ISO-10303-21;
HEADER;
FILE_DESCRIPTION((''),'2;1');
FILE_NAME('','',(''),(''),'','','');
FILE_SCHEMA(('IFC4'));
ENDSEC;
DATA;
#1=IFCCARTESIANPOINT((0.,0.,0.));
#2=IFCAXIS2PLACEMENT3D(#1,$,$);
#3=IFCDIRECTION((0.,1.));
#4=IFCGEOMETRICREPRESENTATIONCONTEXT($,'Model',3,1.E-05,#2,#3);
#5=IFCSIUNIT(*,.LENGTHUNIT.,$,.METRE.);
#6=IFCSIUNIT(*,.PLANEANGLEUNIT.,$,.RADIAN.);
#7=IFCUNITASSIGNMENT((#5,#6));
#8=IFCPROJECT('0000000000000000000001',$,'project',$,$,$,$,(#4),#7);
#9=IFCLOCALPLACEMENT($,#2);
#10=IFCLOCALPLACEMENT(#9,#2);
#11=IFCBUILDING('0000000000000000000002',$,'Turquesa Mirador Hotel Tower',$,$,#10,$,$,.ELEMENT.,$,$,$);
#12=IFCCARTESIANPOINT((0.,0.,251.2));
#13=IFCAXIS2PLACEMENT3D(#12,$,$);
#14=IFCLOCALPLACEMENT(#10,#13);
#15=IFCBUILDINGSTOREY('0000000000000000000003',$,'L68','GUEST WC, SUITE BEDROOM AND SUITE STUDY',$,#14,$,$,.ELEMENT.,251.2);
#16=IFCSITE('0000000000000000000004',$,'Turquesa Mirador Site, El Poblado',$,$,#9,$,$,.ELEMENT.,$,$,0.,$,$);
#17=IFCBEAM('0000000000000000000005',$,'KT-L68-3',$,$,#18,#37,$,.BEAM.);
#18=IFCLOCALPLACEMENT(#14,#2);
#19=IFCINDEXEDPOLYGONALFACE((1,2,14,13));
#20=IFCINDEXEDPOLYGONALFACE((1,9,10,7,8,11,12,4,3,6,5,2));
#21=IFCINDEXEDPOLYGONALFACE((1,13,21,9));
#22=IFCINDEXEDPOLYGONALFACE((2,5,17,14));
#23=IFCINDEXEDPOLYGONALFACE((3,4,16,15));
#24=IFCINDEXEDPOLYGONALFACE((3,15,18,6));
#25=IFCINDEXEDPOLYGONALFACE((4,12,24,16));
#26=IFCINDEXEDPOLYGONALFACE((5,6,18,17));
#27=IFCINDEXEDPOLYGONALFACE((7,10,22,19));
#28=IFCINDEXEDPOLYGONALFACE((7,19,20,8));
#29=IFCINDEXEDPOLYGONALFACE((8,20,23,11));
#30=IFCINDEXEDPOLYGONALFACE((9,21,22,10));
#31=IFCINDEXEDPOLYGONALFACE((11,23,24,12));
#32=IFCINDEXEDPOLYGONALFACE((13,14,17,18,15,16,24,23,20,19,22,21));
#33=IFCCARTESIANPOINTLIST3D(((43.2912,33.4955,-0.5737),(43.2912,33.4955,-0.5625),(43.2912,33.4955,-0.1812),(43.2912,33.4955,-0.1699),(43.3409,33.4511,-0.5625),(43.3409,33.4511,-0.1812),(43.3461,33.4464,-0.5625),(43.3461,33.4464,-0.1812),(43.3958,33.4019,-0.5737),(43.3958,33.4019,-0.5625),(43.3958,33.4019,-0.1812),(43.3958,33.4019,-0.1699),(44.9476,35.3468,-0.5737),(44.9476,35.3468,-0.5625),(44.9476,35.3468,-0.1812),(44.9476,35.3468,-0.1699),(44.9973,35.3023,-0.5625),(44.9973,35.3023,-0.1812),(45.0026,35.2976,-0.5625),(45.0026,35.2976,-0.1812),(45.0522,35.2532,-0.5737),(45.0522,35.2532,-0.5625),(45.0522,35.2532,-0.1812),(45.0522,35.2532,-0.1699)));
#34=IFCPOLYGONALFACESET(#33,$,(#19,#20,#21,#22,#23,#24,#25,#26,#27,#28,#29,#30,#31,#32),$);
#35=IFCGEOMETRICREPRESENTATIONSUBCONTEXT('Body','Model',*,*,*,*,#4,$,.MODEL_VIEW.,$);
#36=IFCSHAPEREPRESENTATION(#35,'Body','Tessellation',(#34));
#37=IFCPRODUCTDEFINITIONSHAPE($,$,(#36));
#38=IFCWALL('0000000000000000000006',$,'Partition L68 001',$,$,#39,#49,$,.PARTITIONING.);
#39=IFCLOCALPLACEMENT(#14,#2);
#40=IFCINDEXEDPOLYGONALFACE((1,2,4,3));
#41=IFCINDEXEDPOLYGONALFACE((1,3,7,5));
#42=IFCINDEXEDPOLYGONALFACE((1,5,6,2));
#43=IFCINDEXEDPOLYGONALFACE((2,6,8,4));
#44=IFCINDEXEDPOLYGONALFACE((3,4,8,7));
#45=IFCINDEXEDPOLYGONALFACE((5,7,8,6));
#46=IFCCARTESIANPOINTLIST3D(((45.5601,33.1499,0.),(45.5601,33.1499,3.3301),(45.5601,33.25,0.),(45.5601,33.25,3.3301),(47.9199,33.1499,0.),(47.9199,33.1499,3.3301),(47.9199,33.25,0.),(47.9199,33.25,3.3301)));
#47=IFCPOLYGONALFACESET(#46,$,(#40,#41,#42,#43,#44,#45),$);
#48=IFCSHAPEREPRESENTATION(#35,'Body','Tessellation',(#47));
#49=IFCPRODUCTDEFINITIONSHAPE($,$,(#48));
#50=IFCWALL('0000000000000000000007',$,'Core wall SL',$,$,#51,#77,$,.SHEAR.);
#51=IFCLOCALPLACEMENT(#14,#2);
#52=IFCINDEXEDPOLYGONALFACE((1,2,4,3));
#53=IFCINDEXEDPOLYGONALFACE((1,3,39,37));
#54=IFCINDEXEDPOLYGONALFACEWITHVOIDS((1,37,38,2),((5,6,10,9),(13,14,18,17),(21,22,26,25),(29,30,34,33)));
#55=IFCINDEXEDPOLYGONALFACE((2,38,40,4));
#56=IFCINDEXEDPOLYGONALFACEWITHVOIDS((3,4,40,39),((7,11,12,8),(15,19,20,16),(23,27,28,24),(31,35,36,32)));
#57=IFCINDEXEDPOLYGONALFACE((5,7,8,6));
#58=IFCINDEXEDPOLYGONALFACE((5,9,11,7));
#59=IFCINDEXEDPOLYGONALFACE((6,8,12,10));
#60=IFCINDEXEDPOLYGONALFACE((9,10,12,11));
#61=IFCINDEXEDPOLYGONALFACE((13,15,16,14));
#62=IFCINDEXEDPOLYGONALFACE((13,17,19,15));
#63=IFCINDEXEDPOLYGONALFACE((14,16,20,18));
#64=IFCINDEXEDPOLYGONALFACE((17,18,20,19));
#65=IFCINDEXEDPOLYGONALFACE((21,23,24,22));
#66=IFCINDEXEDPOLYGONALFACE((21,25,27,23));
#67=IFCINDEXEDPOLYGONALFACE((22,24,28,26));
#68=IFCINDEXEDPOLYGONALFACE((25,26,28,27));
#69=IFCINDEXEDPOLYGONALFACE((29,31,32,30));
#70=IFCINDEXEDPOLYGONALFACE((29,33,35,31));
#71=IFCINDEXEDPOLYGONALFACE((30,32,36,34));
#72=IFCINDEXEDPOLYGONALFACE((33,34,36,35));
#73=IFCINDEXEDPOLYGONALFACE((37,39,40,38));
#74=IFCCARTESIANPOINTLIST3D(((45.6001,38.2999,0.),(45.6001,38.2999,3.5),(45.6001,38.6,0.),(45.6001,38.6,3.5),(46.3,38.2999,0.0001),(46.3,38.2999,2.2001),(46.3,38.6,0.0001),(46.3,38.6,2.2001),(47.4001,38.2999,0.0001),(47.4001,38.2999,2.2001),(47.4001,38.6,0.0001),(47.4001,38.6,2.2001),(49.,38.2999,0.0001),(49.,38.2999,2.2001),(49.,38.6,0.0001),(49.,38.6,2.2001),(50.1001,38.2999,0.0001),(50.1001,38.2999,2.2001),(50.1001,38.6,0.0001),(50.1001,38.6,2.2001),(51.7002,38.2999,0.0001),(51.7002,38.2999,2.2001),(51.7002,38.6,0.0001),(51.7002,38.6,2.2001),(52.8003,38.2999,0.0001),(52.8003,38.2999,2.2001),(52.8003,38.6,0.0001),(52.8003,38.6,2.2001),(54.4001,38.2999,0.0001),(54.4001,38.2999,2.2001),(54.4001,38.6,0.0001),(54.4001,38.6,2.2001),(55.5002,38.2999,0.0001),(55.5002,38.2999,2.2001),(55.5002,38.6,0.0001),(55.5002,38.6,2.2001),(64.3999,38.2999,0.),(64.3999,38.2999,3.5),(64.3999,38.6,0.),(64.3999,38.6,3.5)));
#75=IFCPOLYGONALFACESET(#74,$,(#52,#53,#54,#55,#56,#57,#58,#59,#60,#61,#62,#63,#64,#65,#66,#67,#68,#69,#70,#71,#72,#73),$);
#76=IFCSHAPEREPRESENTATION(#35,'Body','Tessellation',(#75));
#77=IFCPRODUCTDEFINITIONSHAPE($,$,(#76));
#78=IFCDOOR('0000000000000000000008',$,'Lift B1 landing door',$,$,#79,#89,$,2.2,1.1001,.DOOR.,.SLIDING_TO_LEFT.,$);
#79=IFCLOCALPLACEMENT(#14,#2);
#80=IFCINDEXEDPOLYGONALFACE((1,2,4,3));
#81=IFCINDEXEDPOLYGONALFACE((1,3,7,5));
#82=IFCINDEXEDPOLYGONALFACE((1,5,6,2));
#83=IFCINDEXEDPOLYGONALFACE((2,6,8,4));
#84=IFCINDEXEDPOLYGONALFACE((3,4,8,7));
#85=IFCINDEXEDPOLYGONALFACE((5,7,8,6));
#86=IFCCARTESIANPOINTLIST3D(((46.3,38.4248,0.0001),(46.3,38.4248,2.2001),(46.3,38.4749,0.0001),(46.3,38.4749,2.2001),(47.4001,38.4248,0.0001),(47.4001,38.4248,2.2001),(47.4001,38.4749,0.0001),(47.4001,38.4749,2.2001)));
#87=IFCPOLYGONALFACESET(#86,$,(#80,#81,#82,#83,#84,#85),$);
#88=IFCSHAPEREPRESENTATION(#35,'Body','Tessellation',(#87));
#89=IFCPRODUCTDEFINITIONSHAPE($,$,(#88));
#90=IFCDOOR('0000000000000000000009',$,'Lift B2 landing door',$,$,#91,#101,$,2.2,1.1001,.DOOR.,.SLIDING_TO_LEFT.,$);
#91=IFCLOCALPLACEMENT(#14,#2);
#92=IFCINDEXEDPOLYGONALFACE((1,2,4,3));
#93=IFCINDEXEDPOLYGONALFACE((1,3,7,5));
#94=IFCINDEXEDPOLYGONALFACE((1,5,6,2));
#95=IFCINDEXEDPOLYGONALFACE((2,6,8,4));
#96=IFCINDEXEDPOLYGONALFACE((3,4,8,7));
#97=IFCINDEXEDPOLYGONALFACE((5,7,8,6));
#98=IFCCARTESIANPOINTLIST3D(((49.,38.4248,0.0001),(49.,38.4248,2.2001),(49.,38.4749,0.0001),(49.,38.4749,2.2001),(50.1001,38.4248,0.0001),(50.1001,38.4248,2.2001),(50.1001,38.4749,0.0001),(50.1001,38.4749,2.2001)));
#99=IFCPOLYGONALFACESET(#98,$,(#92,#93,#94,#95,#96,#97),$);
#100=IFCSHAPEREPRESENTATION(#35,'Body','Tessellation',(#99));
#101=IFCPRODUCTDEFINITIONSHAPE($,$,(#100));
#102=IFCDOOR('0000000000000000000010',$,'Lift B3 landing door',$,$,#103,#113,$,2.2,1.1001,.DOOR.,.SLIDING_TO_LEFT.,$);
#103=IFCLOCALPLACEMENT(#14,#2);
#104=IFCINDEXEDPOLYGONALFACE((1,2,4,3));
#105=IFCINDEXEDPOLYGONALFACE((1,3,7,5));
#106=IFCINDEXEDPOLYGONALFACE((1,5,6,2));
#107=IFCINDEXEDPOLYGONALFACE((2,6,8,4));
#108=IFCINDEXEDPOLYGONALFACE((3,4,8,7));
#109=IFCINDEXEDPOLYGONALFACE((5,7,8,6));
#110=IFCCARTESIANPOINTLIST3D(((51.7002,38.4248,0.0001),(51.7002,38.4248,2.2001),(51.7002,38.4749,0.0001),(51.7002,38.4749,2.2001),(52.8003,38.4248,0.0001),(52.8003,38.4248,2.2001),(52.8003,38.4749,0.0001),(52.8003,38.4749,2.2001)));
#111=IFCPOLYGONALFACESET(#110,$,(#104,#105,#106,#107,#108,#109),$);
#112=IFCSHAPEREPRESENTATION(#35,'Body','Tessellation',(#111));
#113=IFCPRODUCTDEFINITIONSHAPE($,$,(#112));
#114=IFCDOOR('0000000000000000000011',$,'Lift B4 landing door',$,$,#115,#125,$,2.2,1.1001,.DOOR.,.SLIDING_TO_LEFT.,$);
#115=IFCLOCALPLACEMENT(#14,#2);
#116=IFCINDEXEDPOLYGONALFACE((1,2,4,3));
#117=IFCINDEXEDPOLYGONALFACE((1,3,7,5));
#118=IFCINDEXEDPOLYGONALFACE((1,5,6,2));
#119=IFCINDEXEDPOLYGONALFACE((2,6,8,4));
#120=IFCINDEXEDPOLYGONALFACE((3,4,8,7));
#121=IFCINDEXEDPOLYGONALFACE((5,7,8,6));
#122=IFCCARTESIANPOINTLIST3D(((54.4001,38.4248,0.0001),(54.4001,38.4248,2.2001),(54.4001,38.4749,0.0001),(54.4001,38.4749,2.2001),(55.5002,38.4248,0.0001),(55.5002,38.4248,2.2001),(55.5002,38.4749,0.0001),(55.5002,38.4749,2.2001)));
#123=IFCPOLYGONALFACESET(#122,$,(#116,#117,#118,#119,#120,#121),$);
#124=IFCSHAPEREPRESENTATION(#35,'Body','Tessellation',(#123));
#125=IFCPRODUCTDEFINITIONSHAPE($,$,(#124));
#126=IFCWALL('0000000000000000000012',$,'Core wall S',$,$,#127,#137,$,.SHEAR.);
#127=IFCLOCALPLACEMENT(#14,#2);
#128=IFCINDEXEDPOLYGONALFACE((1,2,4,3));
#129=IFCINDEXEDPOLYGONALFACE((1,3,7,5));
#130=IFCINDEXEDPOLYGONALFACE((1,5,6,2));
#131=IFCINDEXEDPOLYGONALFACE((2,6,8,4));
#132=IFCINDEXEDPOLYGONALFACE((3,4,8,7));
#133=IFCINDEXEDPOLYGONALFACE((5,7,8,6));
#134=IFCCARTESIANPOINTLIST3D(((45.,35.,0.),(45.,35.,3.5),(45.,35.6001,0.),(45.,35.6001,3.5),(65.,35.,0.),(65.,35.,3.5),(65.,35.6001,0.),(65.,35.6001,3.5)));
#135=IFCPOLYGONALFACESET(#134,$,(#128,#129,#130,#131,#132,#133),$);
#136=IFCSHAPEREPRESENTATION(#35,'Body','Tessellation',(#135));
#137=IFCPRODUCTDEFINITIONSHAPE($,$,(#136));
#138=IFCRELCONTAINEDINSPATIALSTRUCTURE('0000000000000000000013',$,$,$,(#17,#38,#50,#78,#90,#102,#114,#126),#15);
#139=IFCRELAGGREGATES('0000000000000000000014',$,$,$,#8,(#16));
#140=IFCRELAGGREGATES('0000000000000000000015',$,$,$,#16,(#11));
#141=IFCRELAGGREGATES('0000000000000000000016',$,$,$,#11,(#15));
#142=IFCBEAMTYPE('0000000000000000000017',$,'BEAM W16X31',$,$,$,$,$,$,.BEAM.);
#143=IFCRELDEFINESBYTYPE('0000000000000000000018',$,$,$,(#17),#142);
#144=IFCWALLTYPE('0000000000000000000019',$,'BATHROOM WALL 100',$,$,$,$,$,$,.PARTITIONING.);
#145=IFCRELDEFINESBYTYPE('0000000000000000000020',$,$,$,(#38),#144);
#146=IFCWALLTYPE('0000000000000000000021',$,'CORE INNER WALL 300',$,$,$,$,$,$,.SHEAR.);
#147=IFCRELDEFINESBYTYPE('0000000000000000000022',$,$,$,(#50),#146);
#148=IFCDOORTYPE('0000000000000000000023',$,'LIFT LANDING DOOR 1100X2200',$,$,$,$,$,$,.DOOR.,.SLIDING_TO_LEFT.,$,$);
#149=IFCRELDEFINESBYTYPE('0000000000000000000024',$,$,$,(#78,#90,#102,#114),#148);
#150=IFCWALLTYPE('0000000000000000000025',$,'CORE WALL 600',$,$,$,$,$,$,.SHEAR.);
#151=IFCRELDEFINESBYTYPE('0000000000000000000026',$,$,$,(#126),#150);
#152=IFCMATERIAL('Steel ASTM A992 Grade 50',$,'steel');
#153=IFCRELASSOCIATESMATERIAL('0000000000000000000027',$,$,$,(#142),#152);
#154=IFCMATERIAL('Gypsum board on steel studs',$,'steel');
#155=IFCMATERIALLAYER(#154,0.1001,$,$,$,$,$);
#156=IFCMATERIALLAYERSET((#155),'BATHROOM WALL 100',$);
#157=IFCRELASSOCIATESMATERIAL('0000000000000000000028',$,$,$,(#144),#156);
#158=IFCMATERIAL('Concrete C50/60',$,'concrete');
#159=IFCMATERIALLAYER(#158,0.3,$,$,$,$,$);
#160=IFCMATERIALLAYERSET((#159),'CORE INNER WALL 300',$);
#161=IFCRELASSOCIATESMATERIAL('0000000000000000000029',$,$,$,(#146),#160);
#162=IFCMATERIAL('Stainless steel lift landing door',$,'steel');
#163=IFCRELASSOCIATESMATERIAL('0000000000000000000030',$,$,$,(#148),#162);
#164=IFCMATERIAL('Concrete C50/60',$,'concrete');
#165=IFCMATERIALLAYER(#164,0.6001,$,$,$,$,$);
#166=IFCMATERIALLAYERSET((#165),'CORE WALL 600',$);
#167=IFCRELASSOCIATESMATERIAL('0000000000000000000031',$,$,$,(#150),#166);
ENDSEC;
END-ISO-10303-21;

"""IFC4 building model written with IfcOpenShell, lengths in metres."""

from ifc_helpers import new_model, si_unit, direction, frame, frame_2d, origin, origin_2d, place, context, subcontext, project, spatial, rectangle, i_section, extrude, material, layer, layer_set, material_profile, profile_set, type_object, element, fill, save


model = new_model("IFC4")

# Units and contexts
model_context = context("Model", 3, precision=1e-05, world=origin(), true_north=direction((0.0, 1.0)))
body_context = subcontext(model_context, "Body", "Model", "MODEL_VIEW")
ifc_project = project(units=[si_unit("LENGTHUNIT", "METRE"), si_unit("PLANEANGLEUNIT", "RADIAN")], contexts=[model_context])

# Site, building, storey
site_placement = place(None, origin())
site = spatial("IfcSite", under=ifc_project, at=site_placement, Name="Turquesa Mirador Site, El Poblado", CompositionType="ELEMENT", RefElevation=0.0)
building_placement = place(site_placement, origin())
building = spatial("IfcBuilding", under=site, at=building_placement, Name="Turquesa Mirador Hotel Tower", CompositionType="ELEMENT")
storey_placement = place(building_placement, frame((0.0, 0.0, 251.2)))
storey = spatial("IfcBuildingStorey", under=building, at=storey_placement, Name="L68", Description="GUEST WC, SUITE BEDROOM AND SUITE STUDY", CompositionType="ELEMENT", Elevation=251.2)

# Beam
ifc_material_1 = material(Name="Steel ASTM A992 Grade 50", Category="steel")
ifc_material_profile = material_profile(ifc_material_1, i_section(OverallWidth=0.1404, OverallDepth=0.4038, WebThickness=0.0071, FlangeThickness=0.0112, at=origin_2d()), Name="W16X31")
ifc_profile_set = profile_set([ifc_material_profile], Name="Steel ASTM A992 Grade 50")
beam_type = type_object("IfcBeamType", Name="BEAM W16X31", PredefinedType="BEAM", material=ifc_profile_set)
beam_placement = place(storey_placement, frame((43.3435, 33.4487, -0.3718), z_axis=(0.666806, 0.745231, 0.0), x_axis=(-0.745231, 0.666806, 0.0)))
element("IfcBeam", 1, at=beam_placement, inside=storey, type_object=beam_type, Name="KT-L68-3", PredefinedType="BEAM", context=body_context, shape_type="SweptSolid", body=[
    extrude(i_section(OverallWidth=0.1404, OverallDepth=0.4038, WebThickness=0.0071, FlangeThickness=0.0112, at=origin_2d()), origin(), (0.0, 0.0, 1.0), 2.4841),
])

# Wall
ifc_material_2 = material(Name="Gypsum board on steel studs", Category="steel")
ifc_layer_1 = layer(ifc_material_2, 0.1001)
ifc_layer_set_1 = layer_set([ifc_layer_1], Name="BATHROOM WALL 100")
wall_type_1 = type_object("IfcWallType", Name="BATHROOM WALL 100", PredefinedType="PARTITIONING", material=ifc_layer_set_1)
wall_1_placement = place(storey_placement, frame((45.5601, 33.2, 0.0), z_axis=(0.0, 0.0, 1.0), x_axis=(1.0, 0.0, 0.0)))
element("IfcWall", 2, at=wall_1_placement, inside=storey, type_object=wall_type_1, Name="Partition L68 001", PredefinedType="PARTITIONING", context=body_context, shape_type="SweptSolid", body=[
    extrude(rectangle(XDim=2.3599, YDim=0.1001, at=frame_2d((1.1799, 0.0))), origin(), (0.0, 0.0, 1.0), 3.3301),
])

# Wall, openings, doors
ifc_material_3 = material(Name="Concrete C50/60", Category="concrete")
ifc_layer_2 = layer(ifc_material_3, 0.3)
ifc_layer_set_2 = layer_set([ifc_layer_2], Name="CORE INNER WALL 300")
wall_type_2 = type_object("IfcWallType", Name="CORE INNER WALL 300", PredefinedType="SHEAR", material=ifc_layer_set_2)
wall_2_placement = place(storey_placement, frame((45.6001, 38.45, 0.0), z_axis=(0.0, 0.0, 1.0), x_axis=(1.0, 0.0, 0.0)))
wall_2 = element("IfcWall", 3, at=wall_2_placement, inside=storey, type_object=wall_type_2, Name="Core wall SL", PredefinedType="SHEAR", context=body_context, shape_type="SweptSolid", body=[
    extrude(rectangle(XDim=18.7998, YDim=0.3, at=frame_2d((9.3999, 0.0))), origin(), (0.0, 0.0, 1.0), 3.5),
])
opening_1_placement = place(wall_2_placement, frame((0.7, 0.0, 0.0)))
opening_1 = element("IfcOpeningElement", 4, at=opening_1_placement, cuts=wall_2, PredefinedType="OPENING", context=body_context, shape_type="SweptSolid", body=[
    extrude(rectangle(XDim=1.1001, YDim=2.2, at=frame_2d((0.55, 1.1001))), frame((0.0, 0.1599, 0.0), z_axis=(0.0, -1.0, 0.0), x_axis=(1.0, 0.0, 0.0)), (0.0, 0.0, 1.0), 0.3201),
])
opening_2_placement = place(wall_2_placement, frame((3.3999, 0.0, 0.0)))
opening_2 = element("IfcOpeningElement", 5, at=opening_2_placement, cuts=wall_2, PredefinedType="OPENING", context=body_context, shape_type="SweptSolid", body=[
    extrude(rectangle(XDim=1.1001, YDim=2.2, at=frame_2d((0.55, 1.1001))), frame((0.0, 0.1599, 0.0), z_axis=(0.0, -1.0, 0.0), x_axis=(1.0, 0.0, 0.0)), (0.0, 0.0, 1.0), 0.3201),
])
opening_3_placement = place(wall_2_placement, frame((6.1001, 0.0, 0.0)))
opening_3 = element("IfcOpeningElement", 6, at=opening_3_placement, cuts=wall_2, PredefinedType="OPENING", context=body_context, shape_type="SweptSolid", body=[
    extrude(rectangle(XDim=1.1001, YDim=2.2, at=frame_2d((0.55, 1.1001))), frame((0.0, 0.1599, 0.0), z_axis=(0.0, -1.0, 0.0), x_axis=(1.0, 0.0, 0.0)), (0.0, 0.0, 1.0), 0.3201),
])
opening_4_placement = place(wall_2_placement, frame((8.8, 0.0, 0.0)))
opening_4 = element("IfcOpeningElement", 7, at=opening_4_placement, cuts=wall_2, PredefinedType="OPENING", context=body_context, shape_type="SweptSolid", body=[
    extrude(rectangle(XDim=1.1001, YDim=2.2, at=frame_2d((0.55, 1.1001))), frame((0.0, 0.1599, 0.0), z_axis=(0.0, -1.0, 0.0), x_axis=(1.0, 0.0, 0.0)), (0.0, 0.0, 1.0), 0.3201),
])
ifc_material_4 = material(Name="Stainless steel lift landing door", Category="steel")
door_type_1 = type_object("IfcDoorType", Name="LIFT LANDING DOOR 1100X2200", OperationType="SLIDING_TO_LEFT", PredefinedType="DOOR", material=ifc_material_4)
door_1_placement = place(opening_1_placement, origin())
door_1 = element("IfcDoor", 8, at=door_1_placement, inside=storey, type_object=door_type_1, Name="Lift B1 landing door", OperationType="SLIDING_TO_LEFT", OverallHeight=2.2, OverallWidth=1.1001, PredefinedType="DOOR", context=body_context, shape_type="SweptSolid", body=[
    extrude(rectangle(XDim=1.1001, YDim=2.2, at=frame_2d((0.55, 1.1001))), frame((0.0, 0.0249, 0.0), z_axis=(0.0, -1.0, 0.0), x_axis=(1.0, 0.0, 0.0)), (0.0, 0.0, 1.0), 0.05),
])
fill(opening_1, door_1)
door_2_placement = place(opening_2_placement, origin())
door_2 = element("IfcDoor", 9, at=door_2_placement, inside=storey, type_object=door_type_1, Name="Lift B2 landing door", OperationType="SLIDING_TO_LEFT", OverallHeight=2.2, OverallWidth=1.1001, PredefinedType="DOOR", context=body_context, shape_type="SweptSolid", body=[
    extrude(rectangle(XDim=1.1001, YDim=2.2, at=frame_2d((0.55, 1.1001))), frame((0.0, 0.0249, 0.0), z_axis=(0.0, -1.0, 0.0), x_axis=(1.0, 0.0, 0.0)), (0.0, 0.0, 1.0), 0.05),
])
fill(opening_2, door_2)
door_3_placement = place(opening_3_placement, origin())
door_3 = element("IfcDoor", 10, at=door_3_placement, inside=storey, type_object=door_type_1, Name="Lift B3 landing door", OperationType="SLIDING_TO_LEFT", OverallHeight=2.2, OverallWidth=1.1001, PredefinedType="DOOR", context=body_context, shape_type="SweptSolid", body=[
    extrude(rectangle(XDim=1.1001, YDim=2.2, at=frame_2d((0.55, 1.1001))), frame((0.0, 0.0249, 0.0), z_axis=(0.0, -1.0, 0.0), x_axis=(1.0, 0.0, 0.0)), (0.0, 0.0, 1.0), 0.05),
])
fill(opening_3, door_3)
door_4_placement = place(opening_4_placement, origin())
door_4 = element("IfcDoor", 11, at=door_4_placement, inside=storey, type_object=door_type_1, Name="Lift B4 landing door", OperationType="SLIDING_TO_LEFT", OverallHeight=2.2, OverallWidth=1.1001, PredefinedType="DOOR", context=body_context, shape_type="SweptSolid", body=[
    extrude(rectangle(XDim=1.1001, YDim=2.2, at=frame_2d((0.55, 1.1001))), frame((0.0, 0.0249, 0.0), z_axis=(0.0, -1.0, 0.0), x_axis=(1.0, 0.0, 0.0)), (0.0, 0.0, 1.0), 0.05),
])
fill(opening_4, door_4)

# Wall
ifc_material_5 = material(Name="Concrete C50/60", Category="concrete")
ifc_layer_3 = layer(ifc_material_5, 0.6001)
ifc_layer_set_3 = layer_set([ifc_layer_3], Name="CORE WALL 600")
wall_type_3 = type_object("IfcWallType", Name="CORE WALL 600", PredefinedType="SHEAR", material=ifc_layer_set_3)
wall_3_placement = place(storey_placement, frame((45.0, 35.3, 0.0), z_axis=(0.0, 0.0, 1.0), x_axis=(1.0, 0.0, 0.0)))
element("IfcWall", 12, at=wall_3_placement, inside=storey, type_object=wall_type_3, Name="Core wall S", PredefinedType="SHEAR", context=body_context, shape_type="SweptSolid", body=[
    extrude(rectangle(XDim=20.0, YDim=0.6001, at=frame_2d((10.0, 0.0))), origin(), (0.0, 0.0, 1.0), 3.5),
])

save(model, "model.ifc")
